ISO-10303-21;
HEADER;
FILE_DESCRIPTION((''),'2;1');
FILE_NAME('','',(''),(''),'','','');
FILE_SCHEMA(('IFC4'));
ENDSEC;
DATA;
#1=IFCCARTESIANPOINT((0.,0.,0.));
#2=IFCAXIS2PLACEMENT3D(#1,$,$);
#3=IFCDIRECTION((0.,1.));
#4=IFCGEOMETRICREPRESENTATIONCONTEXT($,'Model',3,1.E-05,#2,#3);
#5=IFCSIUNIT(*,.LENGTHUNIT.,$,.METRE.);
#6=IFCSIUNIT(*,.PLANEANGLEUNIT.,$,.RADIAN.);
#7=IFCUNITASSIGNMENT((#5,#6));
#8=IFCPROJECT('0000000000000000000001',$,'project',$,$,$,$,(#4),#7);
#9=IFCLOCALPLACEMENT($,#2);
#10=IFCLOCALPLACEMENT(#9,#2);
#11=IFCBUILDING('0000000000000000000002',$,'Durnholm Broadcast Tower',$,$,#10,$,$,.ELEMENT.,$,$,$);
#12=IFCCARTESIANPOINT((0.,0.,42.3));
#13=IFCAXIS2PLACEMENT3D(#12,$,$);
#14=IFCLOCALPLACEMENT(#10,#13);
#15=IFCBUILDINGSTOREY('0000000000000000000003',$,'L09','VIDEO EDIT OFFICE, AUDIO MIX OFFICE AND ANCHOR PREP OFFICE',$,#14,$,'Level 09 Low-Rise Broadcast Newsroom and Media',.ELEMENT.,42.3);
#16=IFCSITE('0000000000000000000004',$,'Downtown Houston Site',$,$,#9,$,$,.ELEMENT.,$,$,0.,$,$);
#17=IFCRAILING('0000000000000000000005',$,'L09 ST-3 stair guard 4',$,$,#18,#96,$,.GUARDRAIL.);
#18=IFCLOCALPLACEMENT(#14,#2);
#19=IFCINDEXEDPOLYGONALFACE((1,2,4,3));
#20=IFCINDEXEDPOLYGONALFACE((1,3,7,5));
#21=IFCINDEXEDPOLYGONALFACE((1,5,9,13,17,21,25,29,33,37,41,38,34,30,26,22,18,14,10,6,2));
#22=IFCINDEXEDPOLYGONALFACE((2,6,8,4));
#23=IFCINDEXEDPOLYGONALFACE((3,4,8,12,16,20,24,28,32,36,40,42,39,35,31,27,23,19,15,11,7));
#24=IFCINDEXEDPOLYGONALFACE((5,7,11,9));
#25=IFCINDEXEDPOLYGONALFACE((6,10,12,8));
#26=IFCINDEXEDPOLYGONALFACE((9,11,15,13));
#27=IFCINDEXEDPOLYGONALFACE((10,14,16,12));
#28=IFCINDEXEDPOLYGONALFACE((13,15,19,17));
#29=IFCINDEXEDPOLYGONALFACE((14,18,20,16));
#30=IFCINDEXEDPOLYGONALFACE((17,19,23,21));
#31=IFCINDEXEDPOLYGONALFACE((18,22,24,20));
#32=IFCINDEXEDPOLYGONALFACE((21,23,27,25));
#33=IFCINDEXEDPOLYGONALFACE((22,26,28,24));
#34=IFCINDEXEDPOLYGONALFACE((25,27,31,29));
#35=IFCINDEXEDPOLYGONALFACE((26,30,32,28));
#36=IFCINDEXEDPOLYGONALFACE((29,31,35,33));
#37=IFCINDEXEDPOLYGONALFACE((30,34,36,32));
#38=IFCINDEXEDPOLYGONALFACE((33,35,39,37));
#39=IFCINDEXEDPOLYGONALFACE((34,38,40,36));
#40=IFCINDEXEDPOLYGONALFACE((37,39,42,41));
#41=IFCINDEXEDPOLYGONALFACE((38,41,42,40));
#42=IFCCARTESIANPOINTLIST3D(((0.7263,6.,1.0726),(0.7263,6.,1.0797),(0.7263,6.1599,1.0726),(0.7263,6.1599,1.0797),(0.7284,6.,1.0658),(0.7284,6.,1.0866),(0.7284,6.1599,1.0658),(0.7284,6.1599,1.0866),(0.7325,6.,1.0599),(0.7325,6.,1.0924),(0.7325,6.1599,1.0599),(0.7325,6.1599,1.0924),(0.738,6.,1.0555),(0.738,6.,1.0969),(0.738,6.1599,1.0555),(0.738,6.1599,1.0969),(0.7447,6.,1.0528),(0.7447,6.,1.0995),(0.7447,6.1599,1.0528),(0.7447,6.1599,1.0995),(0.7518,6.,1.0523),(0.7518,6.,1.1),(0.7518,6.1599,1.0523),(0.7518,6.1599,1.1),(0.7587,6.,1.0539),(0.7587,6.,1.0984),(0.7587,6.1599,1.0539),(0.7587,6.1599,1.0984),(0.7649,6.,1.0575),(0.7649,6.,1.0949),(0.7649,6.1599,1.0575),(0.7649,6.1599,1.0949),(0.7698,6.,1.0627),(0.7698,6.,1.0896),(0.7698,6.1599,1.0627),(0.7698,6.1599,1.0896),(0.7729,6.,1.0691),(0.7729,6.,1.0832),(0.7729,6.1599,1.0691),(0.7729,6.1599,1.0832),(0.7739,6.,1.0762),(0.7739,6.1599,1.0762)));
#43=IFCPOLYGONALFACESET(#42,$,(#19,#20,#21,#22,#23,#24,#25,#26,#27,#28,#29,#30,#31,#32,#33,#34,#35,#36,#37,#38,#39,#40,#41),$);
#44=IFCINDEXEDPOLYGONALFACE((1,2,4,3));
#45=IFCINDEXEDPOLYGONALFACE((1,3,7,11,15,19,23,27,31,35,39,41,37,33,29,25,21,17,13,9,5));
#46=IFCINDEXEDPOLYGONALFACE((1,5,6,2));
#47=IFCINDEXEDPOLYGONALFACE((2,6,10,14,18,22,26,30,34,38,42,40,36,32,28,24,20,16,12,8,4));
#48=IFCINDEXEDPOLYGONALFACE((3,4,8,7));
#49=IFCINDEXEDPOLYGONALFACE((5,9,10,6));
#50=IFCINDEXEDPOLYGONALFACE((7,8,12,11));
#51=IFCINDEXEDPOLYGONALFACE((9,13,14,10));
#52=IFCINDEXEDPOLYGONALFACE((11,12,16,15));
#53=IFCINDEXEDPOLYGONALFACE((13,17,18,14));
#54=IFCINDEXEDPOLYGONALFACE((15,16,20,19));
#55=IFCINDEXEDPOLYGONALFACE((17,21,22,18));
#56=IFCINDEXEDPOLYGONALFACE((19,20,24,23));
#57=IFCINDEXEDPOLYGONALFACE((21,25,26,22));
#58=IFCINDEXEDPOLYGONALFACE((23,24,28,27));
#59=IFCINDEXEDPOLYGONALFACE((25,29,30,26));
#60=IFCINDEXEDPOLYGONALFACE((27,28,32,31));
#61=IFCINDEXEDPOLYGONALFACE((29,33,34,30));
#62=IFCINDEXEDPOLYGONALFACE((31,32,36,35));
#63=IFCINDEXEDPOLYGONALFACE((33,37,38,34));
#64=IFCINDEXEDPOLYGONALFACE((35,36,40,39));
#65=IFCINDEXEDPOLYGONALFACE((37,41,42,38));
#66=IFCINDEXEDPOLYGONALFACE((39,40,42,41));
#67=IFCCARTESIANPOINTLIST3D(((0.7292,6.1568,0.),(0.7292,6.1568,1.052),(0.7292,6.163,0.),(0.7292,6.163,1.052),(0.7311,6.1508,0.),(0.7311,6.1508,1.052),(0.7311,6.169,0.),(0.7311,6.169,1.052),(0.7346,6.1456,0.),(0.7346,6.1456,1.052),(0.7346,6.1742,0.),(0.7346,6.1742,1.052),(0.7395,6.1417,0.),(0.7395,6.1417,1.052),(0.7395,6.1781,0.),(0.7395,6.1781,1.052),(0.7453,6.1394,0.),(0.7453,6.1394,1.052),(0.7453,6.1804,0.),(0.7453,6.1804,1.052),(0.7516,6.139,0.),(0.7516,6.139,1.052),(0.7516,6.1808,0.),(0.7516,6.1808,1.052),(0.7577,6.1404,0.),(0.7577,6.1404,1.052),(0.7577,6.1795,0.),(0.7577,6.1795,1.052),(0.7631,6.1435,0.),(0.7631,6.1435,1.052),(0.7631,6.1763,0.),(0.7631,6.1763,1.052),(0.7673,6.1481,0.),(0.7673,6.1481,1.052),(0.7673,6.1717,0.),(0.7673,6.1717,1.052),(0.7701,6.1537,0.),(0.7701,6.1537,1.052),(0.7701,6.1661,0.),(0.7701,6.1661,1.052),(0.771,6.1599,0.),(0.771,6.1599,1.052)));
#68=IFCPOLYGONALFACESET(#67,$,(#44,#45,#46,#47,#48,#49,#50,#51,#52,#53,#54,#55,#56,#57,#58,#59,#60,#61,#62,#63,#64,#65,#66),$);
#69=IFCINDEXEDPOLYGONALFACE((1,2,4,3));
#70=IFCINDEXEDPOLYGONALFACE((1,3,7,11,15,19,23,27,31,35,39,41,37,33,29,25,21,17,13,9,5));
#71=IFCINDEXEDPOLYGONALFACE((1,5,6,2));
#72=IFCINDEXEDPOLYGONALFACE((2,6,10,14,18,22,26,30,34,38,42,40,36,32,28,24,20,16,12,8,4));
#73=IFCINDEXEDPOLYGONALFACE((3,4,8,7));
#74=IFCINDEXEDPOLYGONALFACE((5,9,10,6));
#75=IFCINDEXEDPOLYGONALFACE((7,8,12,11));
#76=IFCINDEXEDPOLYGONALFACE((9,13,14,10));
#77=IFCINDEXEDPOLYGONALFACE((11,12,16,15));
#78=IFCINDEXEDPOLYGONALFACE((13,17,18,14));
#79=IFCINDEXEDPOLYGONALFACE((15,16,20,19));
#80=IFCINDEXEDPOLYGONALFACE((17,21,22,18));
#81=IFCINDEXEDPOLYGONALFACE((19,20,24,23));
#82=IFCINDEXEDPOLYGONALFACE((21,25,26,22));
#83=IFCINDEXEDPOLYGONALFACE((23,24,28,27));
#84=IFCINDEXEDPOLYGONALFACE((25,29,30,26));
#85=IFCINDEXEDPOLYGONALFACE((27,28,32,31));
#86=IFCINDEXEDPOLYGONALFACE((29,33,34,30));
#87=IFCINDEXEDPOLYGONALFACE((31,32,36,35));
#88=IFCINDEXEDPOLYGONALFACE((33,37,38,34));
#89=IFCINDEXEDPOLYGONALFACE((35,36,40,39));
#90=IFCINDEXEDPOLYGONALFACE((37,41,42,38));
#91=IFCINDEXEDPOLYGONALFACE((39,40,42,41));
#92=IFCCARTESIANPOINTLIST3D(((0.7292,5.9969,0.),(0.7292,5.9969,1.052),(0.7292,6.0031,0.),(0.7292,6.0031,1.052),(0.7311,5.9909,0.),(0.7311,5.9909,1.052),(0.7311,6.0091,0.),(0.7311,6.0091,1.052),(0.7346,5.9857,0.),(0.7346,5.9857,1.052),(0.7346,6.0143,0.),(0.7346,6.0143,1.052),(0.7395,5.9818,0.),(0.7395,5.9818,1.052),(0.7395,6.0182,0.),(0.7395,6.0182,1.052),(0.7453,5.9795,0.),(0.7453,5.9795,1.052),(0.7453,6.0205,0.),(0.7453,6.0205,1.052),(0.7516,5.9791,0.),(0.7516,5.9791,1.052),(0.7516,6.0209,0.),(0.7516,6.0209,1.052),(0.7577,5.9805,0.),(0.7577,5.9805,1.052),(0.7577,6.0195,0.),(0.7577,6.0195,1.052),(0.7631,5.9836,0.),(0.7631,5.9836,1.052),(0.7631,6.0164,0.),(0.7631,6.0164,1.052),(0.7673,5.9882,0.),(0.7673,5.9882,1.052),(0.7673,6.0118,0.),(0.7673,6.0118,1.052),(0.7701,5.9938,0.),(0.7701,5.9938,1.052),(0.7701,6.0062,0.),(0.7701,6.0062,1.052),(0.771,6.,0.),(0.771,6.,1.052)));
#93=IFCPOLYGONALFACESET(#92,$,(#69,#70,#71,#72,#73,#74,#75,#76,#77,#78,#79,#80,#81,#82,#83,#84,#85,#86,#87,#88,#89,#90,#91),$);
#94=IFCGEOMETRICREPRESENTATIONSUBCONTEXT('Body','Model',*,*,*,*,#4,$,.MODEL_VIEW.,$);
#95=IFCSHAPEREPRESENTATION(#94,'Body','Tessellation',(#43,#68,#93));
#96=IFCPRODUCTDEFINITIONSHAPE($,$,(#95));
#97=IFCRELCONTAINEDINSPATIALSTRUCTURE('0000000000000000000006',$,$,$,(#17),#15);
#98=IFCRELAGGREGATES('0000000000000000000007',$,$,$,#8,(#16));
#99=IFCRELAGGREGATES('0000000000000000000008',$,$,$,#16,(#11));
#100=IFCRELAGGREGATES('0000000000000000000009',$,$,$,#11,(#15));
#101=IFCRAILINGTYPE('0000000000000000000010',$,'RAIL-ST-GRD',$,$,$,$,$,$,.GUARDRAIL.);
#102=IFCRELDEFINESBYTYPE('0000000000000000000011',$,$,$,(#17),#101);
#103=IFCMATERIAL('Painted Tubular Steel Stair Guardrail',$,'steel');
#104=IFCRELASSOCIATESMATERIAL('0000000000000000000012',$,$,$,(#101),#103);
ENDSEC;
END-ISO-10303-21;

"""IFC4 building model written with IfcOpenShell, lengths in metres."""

from ifc_helpers import new_model, si_unit, direction, frame, origin, origin_2d, place, context, subcontext, project, spatial, circle, extrude, material, type_object, element, save


model = new_model("IFC4")

# Units and contexts
model_context = context("Model", 3, precision=1e-05, world=origin(), true_north=direction((0.0, 1.0)))
body_context = subcontext(model_context, "Body", "Model", "MODEL_VIEW")
ifc_project = project(units=[si_unit("LENGTHUNIT", "METRE"), si_unit("PLANEANGLEUNIT", "RADIAN")], contexts=[model_context])

# Site, building, storey
site_placement = place(None, origin())
site = spatial("IfcSite", under=ifc_project, at=site_placement, Name="Downtown Houston Site", CompositionType="ELEMENT", RefElevation=0.0)
building_placement = place(site_placement, origin())
building = spatial("IfcBuilding", under=site, at=building_placement, Name="Durnholm Broadcast Tower", CompositionType="ELEMENT")
storey_placement = place(building_placement, frame((0.0, 0.0, 42.3)))
storey = spatial("IfcBuildingStorey", under=building, at=storey_placement, Name="L09", Description="VIDEO EDIT OFFICE, AUDIO MIX OFFICE AND ANCHOR PREP OFFICE", LongName="Level 09 Low-Rise Broadcast Newsroom and Media", CompositionType="ELEMENT", Elevation=42.3)

# Railing
ifc_material_1 = material(Name="Painted Tubular Steel Stair Guardrail", Category="steel")
railing_type_1 = type_object("IfcRailingType", Name="RAIL-ST-GRD", PredefinedType="GUARDRAIL", material=ifc_material_1)
railing_1_placement = place(storey_placement, frame((0.75, 6.1599, 0.0)))
element("IfcRailing", 1, at=railing_1_placement, inside=storey, type_object=railing_type_1, Name="L09 ST-3 stair guard 4", PredefinedType="GUARDRAIL", context=body_context, shape_type="SweptSolid", body=[
    extrude(circle(Radius=0.0239, at=origin_2d()), frame((0.0, 0.0, 1.0762), z_axis=(0.0, -1.0, 0.0), x_axis=(1.0, 0.0, 0.0)), (0.0, 0.0, 1.0), 0.1599),
    extrude(circle(Radius=0.021, at=origin_2d()), origin(), (0.0, 0.0, 1.0), 1.052),
    extrude(circle(Radius=0.021, at=origin_2d()), frame((0.0, -0.1599, 0.0)), (0.0, 0.0, 1.0), 1.052),
])

save(model, "model.ifc")
